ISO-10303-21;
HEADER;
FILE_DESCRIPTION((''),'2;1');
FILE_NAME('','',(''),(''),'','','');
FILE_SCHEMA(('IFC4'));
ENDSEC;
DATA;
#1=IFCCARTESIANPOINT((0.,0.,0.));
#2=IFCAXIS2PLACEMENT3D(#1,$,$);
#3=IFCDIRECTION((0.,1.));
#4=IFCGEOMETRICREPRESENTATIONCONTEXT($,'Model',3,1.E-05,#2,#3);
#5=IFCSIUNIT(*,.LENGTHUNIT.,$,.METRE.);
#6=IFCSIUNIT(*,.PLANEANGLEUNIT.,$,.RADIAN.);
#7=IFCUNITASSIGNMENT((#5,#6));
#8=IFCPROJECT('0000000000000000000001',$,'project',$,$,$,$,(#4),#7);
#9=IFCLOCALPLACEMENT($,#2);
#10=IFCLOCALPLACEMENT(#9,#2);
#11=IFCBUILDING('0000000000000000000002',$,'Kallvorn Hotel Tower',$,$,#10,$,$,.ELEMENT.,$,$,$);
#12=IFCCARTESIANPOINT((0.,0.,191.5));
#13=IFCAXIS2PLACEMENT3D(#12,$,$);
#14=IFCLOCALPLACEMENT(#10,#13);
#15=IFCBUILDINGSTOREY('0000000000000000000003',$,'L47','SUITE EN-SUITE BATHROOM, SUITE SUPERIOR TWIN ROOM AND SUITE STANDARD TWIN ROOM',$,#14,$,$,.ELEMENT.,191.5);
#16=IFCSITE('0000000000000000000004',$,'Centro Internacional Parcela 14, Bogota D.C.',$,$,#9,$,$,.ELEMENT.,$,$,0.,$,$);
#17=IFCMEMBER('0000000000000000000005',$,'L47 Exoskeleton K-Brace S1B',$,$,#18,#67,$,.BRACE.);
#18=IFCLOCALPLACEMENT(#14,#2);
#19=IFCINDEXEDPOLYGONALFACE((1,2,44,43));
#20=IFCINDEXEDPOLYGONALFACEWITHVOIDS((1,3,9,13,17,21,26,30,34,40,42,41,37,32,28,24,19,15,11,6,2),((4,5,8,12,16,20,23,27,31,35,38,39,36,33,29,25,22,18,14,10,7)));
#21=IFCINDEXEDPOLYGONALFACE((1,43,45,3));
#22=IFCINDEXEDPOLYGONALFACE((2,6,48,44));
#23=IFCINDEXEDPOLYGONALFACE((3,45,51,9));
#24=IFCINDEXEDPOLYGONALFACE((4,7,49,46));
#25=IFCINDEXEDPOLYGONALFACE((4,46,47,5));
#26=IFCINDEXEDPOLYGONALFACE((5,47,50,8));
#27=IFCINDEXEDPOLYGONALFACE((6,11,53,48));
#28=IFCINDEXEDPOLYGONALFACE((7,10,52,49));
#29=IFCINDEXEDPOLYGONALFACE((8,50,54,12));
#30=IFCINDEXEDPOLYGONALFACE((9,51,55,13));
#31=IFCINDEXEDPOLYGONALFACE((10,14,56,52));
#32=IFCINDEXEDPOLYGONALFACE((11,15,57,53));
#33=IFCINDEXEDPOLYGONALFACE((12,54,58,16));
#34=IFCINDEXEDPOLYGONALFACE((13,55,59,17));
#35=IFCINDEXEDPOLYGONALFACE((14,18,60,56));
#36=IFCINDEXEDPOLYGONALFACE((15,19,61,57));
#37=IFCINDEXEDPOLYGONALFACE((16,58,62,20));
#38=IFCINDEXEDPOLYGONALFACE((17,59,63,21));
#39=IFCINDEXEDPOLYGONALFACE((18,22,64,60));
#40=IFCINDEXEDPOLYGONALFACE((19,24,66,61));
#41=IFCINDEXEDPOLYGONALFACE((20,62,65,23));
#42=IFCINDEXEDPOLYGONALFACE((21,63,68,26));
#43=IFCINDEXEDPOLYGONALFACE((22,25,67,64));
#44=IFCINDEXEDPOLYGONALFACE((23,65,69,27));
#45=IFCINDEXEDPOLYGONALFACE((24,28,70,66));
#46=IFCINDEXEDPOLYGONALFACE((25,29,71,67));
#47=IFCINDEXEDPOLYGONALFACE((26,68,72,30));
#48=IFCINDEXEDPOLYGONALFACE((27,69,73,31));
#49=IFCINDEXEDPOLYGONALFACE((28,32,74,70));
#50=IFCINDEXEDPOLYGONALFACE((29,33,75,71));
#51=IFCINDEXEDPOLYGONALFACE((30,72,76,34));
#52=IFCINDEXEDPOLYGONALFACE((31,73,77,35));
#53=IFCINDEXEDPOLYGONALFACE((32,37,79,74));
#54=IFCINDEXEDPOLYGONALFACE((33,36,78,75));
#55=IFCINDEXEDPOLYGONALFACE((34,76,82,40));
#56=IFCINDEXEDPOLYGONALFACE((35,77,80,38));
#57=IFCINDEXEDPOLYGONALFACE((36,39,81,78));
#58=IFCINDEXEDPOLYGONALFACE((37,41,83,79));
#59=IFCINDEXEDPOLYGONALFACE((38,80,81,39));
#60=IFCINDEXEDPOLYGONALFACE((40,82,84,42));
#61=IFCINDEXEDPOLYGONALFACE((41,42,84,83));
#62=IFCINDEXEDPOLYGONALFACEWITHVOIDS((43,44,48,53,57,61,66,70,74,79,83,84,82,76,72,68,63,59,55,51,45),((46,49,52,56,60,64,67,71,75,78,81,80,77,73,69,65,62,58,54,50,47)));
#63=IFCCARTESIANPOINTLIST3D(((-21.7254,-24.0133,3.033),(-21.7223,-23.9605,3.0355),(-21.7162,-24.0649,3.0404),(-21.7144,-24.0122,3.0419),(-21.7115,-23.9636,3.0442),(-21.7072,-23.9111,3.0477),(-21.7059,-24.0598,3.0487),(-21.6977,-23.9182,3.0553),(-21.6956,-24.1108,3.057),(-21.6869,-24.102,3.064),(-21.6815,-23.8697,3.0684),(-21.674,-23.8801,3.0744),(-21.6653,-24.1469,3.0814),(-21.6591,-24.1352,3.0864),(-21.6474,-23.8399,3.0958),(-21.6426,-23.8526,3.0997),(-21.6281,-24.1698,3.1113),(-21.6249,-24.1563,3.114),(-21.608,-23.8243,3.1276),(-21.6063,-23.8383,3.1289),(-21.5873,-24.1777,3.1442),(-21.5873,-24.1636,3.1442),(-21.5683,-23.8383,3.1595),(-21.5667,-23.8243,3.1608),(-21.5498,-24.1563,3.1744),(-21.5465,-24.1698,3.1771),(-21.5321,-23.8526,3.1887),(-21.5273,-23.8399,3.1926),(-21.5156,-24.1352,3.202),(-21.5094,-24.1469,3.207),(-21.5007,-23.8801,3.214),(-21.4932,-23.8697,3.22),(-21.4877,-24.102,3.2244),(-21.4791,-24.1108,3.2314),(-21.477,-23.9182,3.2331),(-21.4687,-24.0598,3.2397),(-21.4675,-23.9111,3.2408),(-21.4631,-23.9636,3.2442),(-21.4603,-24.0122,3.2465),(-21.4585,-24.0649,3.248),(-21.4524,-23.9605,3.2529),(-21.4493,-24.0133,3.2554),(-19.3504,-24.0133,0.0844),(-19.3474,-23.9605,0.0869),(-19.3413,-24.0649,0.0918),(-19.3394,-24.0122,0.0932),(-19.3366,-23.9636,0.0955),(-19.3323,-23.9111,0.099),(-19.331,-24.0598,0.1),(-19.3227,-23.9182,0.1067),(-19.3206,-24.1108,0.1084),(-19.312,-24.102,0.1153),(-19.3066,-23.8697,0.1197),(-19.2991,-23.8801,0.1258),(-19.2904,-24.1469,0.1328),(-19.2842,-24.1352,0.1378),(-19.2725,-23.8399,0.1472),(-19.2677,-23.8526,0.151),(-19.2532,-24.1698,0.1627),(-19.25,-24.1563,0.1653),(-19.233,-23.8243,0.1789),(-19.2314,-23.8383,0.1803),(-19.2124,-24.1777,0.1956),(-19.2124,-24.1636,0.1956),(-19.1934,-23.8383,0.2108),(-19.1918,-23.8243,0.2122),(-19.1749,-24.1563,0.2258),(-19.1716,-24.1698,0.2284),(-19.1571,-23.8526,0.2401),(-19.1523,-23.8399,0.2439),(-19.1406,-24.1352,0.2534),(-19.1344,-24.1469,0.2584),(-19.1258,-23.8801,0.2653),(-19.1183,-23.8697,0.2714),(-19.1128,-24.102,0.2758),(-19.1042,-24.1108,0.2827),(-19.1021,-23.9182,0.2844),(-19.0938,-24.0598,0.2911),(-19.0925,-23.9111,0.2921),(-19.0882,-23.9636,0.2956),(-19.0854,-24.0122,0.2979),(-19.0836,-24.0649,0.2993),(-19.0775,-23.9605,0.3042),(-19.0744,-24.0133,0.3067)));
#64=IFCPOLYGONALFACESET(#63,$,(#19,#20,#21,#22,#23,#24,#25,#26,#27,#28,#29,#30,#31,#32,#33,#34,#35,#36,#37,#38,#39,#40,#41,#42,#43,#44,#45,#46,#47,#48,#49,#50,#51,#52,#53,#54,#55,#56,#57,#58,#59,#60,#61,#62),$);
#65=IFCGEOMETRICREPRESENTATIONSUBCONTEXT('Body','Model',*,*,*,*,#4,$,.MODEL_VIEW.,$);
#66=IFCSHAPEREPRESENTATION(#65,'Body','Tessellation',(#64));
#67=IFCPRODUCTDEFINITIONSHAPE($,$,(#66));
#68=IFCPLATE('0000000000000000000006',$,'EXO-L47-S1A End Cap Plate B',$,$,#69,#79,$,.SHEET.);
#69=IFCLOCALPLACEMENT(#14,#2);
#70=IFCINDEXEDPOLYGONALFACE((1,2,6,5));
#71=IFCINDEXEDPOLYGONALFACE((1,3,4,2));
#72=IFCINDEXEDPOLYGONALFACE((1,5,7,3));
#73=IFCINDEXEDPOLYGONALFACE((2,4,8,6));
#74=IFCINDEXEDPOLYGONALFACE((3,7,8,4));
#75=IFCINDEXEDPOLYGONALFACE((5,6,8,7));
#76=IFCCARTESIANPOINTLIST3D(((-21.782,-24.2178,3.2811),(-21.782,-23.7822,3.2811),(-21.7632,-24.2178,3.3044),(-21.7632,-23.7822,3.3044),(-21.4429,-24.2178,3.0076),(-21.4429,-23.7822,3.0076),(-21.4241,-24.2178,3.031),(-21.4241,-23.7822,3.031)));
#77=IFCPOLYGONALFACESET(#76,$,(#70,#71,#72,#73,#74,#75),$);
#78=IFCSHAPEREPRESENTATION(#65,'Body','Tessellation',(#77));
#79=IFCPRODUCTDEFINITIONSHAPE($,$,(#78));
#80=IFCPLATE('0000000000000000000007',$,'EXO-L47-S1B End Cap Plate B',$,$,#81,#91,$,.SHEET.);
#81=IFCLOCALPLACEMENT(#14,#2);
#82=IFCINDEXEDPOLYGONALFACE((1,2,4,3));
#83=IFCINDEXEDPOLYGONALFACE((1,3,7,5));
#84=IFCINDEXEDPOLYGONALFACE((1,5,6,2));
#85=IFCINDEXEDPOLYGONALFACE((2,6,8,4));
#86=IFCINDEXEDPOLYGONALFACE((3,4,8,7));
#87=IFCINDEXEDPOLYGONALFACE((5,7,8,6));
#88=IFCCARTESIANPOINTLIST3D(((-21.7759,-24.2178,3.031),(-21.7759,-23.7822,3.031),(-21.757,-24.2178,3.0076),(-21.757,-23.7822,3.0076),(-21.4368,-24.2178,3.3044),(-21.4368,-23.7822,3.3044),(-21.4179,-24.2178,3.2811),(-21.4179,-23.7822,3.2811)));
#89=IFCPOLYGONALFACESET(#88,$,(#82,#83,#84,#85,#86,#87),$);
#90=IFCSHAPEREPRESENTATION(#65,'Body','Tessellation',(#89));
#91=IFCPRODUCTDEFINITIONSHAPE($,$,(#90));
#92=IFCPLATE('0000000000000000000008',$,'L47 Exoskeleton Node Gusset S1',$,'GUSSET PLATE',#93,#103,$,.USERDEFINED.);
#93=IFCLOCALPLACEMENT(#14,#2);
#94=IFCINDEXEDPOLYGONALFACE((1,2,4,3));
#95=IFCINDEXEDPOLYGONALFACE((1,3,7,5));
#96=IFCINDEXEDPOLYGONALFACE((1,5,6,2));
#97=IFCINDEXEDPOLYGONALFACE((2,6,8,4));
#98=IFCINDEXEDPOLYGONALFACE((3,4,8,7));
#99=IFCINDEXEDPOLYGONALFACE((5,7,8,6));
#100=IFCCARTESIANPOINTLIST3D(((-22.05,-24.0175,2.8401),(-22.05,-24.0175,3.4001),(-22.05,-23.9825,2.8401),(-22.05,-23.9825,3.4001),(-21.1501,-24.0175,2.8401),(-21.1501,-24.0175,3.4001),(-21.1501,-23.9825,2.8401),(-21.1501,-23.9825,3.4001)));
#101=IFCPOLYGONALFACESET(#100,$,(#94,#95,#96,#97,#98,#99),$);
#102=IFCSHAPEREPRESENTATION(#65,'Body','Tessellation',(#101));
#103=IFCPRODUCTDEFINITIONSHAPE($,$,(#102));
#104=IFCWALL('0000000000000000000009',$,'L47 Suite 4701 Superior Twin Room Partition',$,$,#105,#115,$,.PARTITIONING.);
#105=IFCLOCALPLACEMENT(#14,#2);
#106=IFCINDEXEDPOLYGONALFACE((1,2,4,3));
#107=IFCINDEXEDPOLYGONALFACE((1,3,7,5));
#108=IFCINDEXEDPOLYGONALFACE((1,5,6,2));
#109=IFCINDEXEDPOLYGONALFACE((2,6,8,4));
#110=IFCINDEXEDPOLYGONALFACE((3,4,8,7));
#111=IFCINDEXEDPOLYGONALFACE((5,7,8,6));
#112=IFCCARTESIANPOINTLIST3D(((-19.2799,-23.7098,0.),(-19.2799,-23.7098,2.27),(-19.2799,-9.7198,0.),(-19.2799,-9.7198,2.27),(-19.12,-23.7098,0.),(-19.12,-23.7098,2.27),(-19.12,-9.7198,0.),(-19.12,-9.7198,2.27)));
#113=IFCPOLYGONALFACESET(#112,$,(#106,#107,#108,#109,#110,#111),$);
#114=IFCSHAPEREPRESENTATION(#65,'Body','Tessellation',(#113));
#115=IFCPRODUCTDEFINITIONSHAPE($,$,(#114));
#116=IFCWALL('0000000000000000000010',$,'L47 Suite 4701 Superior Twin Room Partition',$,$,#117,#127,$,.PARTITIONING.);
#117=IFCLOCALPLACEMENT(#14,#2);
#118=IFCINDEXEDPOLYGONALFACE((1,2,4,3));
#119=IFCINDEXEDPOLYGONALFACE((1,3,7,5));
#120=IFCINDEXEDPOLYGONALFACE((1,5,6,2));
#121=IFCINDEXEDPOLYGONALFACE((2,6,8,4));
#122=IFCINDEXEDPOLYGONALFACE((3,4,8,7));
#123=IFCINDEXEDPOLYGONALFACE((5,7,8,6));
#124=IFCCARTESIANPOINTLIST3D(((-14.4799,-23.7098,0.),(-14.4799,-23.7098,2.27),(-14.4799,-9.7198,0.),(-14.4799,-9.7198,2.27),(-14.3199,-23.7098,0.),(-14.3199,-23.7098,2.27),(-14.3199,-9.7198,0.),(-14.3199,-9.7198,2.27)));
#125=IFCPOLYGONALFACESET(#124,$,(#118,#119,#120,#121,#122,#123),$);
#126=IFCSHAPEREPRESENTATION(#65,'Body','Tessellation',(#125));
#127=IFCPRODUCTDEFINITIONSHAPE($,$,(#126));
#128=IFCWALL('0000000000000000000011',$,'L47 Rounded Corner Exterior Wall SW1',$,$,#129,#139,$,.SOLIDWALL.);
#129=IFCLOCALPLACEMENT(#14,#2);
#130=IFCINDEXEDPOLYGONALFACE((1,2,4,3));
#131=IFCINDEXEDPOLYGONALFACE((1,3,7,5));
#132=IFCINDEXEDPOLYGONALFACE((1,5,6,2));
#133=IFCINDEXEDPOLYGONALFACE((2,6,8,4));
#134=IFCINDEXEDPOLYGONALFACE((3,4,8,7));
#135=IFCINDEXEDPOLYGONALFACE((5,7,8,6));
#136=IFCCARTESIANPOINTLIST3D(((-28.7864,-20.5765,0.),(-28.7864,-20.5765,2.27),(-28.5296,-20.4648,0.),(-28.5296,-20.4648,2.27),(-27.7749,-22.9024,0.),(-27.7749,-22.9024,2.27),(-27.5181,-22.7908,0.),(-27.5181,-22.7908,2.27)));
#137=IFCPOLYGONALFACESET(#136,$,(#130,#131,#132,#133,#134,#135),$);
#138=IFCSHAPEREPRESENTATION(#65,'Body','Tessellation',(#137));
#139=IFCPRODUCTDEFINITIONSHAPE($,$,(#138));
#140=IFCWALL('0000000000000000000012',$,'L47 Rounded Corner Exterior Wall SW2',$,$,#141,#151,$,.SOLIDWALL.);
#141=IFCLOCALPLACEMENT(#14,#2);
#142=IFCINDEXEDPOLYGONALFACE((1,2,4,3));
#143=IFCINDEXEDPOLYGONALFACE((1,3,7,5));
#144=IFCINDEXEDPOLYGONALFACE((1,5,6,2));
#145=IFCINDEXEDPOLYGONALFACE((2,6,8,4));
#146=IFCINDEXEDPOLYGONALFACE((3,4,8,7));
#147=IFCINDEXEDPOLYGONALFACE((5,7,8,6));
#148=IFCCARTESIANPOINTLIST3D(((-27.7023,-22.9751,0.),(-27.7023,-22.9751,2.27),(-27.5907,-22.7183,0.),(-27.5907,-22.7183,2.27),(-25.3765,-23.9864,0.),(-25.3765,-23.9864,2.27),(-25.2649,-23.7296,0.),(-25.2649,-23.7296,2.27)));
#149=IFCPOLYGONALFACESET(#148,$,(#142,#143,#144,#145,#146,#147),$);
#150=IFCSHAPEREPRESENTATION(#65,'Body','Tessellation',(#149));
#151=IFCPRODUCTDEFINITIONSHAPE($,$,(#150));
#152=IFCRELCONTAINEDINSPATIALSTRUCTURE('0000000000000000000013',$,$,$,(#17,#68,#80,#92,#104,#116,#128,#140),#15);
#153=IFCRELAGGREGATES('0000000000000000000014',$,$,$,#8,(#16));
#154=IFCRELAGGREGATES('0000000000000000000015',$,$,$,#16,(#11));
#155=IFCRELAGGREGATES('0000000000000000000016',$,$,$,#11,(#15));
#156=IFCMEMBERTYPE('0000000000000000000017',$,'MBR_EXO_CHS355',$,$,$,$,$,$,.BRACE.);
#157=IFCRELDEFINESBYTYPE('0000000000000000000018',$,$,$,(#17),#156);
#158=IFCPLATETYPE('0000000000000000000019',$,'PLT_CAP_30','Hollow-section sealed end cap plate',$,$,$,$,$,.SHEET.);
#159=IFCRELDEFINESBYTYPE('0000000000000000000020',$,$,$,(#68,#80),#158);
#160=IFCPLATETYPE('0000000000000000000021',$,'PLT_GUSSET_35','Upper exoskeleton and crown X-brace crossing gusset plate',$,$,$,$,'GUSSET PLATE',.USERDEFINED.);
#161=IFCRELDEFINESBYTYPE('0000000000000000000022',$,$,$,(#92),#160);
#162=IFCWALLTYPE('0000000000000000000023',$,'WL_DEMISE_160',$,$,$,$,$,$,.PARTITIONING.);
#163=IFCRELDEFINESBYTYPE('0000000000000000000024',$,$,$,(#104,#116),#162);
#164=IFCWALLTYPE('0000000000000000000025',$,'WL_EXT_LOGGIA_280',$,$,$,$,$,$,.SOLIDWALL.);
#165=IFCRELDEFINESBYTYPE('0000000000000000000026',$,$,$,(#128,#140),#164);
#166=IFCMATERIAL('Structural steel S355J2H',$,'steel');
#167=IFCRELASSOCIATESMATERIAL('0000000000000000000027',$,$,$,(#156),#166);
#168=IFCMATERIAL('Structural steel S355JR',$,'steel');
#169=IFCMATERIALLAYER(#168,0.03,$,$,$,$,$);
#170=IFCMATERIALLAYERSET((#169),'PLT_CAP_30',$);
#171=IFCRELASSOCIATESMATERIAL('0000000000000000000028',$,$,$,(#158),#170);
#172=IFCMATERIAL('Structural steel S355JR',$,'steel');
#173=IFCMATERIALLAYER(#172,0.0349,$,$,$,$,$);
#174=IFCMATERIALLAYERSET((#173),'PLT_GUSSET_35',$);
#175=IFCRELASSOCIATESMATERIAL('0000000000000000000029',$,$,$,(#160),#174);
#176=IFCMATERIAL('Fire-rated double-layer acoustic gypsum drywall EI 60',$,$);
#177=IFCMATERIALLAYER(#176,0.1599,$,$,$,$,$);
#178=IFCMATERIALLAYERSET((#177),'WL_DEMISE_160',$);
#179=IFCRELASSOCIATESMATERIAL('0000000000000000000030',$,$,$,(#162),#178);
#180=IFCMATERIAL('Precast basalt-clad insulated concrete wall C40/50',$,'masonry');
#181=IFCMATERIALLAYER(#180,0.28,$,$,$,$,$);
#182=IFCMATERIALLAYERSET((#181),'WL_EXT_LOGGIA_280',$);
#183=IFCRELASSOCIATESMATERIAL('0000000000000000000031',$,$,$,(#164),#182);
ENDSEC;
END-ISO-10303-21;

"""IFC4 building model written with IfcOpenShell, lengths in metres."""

from ifc_helpers import new_model, si_unit, direction, frame, frame_2d, origin, origin_2d, place, context, subcontext, project, spatial, polyline, rectangle, hollow_circle, outline, extrude, material, layer, layer_set, material_profile, profile_set, type_object, element, save


model = new_model("IFC4")

# Units and contexts
model_context = context("Model", 3, precision=1e-05, world=origin(), true_north=direction((0.0, 1.0)))
body_context = subcontext(model_context, "Body", "Model", "MODEL_VIEW")
ifc_project = project(units=[si_unit("LENGTHUNIT", "METRE"), si_unit("PLANEANGLEUNIT", "RADIAN")], contexts=[model_context])

# Site, building, storey
site_placement = place(None, origin())
site = spatial("IfcSite", under=ifc_project, at=site_placement, Name="Centro Internacional Parcela 14, Bogota D.C.", CompositionType="ELEMENT", RefElevation=0.0)
building_placement = place(site_placement, origin())
building = spatial("IfcBuilding", under=site, at=building_placement, Name="Kallvorn Hotel Tower", CompositionType="ELEMENT")
storey_placement = place(building_placement, frame((0.0, 0.0, 191.5)))
storey = spatial("IfcBuildingStorey", under=building, at=storey_placement, Name="L47", Description="SUITE EN-SUITE BATHROOM, SUITE SUPERIOR TWIN ROOM AND SUITE STANDARD TWIN ROOM", CompositionType="ELEMENT", Elevation=191.5)

# Member
ifc_material_1 = material(Name="Structural steel S355J2H", Category="steel")
ifc_material_profile_1 = material_profile(ifc_material_1, hollow_circle(Radius=0.1777, WallThickness=0.0142, at=origin_2d()), Name="CHS 355.6x14.2")
ifc_profile_set_1 = profile_set([ifc_material_profile_1], Name="Structural steel S355J2H")
member_type = type_object("IfcMemberType", Name="MBR_EXO_CHS355", PredefinedType="BRACE", material=ifc_profile_set_1)
for number, where, z_axis, x_axis, name in (
    (1, (-19.2124, -24.0, 0.1956), (-0.627271, 0.0, 0.778801), (0.0, -1.0, 0.0), "L47 Exoskeleton K-Brace S1B"),
):
    element("IfcMember", number, at=place(storey_placement, frame(where, z_axis=z_axis, x_axis=x_axis)), inside=storey, type_object=member_type, Name=name, PredefinedType="BRACE", context=body_context, shape_type="SweptSolid", body=[
        extrude(hollow_circle(Radius=0.1777, WallThickness=0.0142, at=origin_2d()), origin(), (0.0, 0.0, 1.0), 3.7861),
    ])

# Plates
ifc_material_2 = material(Name="Structural steel S355JR", Category="steel")
ifc_layer_1 = layer(ifc_material_2, 0.03)
ifc_layer_set_1 = layer_set([ifc_layer_1], Name="PLT_CAP_30")
plate_type_1 = type_object("IfcPlateType", Name="PLT_CAP_30", Description="Hollow-section sealed end cap plate", PredefinedType="SHEET", material=ifc_layer_set_1)
for number, where, z_axis, x_axis, name in (
    (2, (-21.4241, -24.2178, 3.031), (0.627698, 0.0, 0.778457), (0.0, 1.0, 0.0), "EXO-L47-S1A End Cap Plate B"),
    (3, (-21.7759, -23.7822, 3.031), (-0.627698, 0.0, 0.778457), (0.0, -1.0, 0.0), "EXO-L47-S1B End Cap Plate B"),
):
    element("IfcPlate", number, at=place(storey_placement, frame(where, z_axis=z_axis, x_axis=x_axis)), inside=storey, type_object=plate_type_1, Name=name, PredefinedType="SHEET", context=body_context, shape_type="SweptSolid", body=[
        extrude(outline(polyline([(0.0, 0.0), (0.4355, 0.0), (0.4355, 0.4356), (0.0, 0.4356), (0.0, 0.0)])), origin(), (0.0, 0.0, -1.0), 0.03),
    ])
ifc_material_3 = material(Name="Structural steel S355JR", Category="steel")
ifc_layer_2 = layer(ifc_material_3, 0.0349)
ifc_layer_set_2 = layer_set([ifc_layer_2], Name="PLT_GUSSET_35")
plate_type_2 = type_object("IfcPlateType", Name="PLT_GUSSET_35", Description="Upper exoskeleton and crown X-brace crossing gusset plate", ElementType="GUSSET PLATE", PredefinedType="USERDEFINED", material=ifc_layer_set_2)
plate_placement = place(storey_placement, frame((-21.6001, -24.0, 2.8401), z_axis=(0.0, 0.0, 1.0), x_axis=(1.0, 0.0, 0.0)))
element("IfcPlate", 4, at=plate_placement, inside=storey, type_object=plate_type_2, Name="L47 Exoskeleton Node Gusset S1", ObjectType="GUSSET PLATE", PredefinedType="USERDEFINED", context=body_context, shape_type="SweptSolid", body=[
    extrude(rectangle(XDim=0.8999, YDim=0.0349, at=origin_2d()), origin(), (0.0, 0.0, 1.0), 0.5601),
])

# Walls
ifc_material_4 = material(Name="Fire-rated double-layer acoustic gypsum drywall EI 60")
ifc_layer_3 = layer(ifc_material_4, 0.1599)
ifc_layer_set_3 = layer_set([ifc_layer_3], Name="WL_DEMISE_160")
wall_type_1 = type_object("IfcWallType", Name="WL_DEMISE_160", PredefinedType="PARTITIONING", material=ifc_layer_set_3)
for number, where, z_axis, x_axis, name in (
    (5, (-19.2, -23.71, 0.0), (0.0, 0.0, 1.0), (0.0, 1.0, 0.0), "L47 Suite 4701 Superior Twin Room Partition"),
    (6, (-14.3999, -23.71, 0.0), (0.0, 0.0, 1.0), (0.0, 1.0, 0.0), "L47 Suite 4701 Superior Twin Room Partition"),
):
    element("IfcWall", number, at=place(storey_placement, frame(where, z_axis=z_axis, x_axis=x_axis)), inside=storey, type_object=wall_type_1, Name=name, PredefinedType="PARTITIONING", context=body_context, shape_type="SweptSolid", body=[
        extrude(rectangle(XDim=13.99, YDim=0.1599, at=frame_2d((6.9951, 0.0))), origin(), (0.0, 0.0, 1.0), 2.27),
    ])
ifc_material_5 = material(Name="Precast basalt-clad insulated concrete wall C40/50", Category="masonry")
ifc_layer_4 = layer(ifc_material_5, 0.28)
ifc_layer_set_4 = layer_set([ifc_layer_4], Name="WL_EXT_LOGGIA_280")
wall_type_2 = type_object("IfcWallType", Name="WL_EXT_LOGGIA_280", PredefinedType="SOLIDWALL", material=ifc_layer_set_4)
wall_1_placement = place(storey_placement, frame((-28.658, -20.5208, 0.0), z_axis=(0.0, 0.0, 1.0), x_axis=(0.398793, -0.917041, 0.0)))
element("IfcWall", 7, at=wall_1_placement, inside=storey, type_object=wall_type_2, Name="L47 Rounded Corner Exterior Wall SW1", PredefinedType="SOLIDWALL", context=body_context, shape_type="SweptSolid", body=[
    extrude(rectangle(XDim=2.5364, YDim=0.28, at=frame_2d((1.2681, 0.0))), origin(), (0.0, 0.0, 1.0), 2.27),
])
wall_2_placement = place(storey_placement, frame((-27.6465, -22.8467, 0.0), z_axis=(0.0, 0.0, 1.0), x_axis=(0.917061, -0.398747, 0.0)))
element("IfcWall", 8, at=wall_2_placement, inside=storey, type_object=wall_type_2, Name="L47 Rounded Corner Exterior Wall SW2", PredefinedType="SOLIDWALL", context=body_context, shape_type="SweptSolid", body=[
    extrude(rectangle(XDim=2.5361, YDim=0.28, at=frame_2d((1.2681, 0.0))), origin(), (0.0, 0.0, 1.0), 2.27),
])

save(model, "model.ifc")
